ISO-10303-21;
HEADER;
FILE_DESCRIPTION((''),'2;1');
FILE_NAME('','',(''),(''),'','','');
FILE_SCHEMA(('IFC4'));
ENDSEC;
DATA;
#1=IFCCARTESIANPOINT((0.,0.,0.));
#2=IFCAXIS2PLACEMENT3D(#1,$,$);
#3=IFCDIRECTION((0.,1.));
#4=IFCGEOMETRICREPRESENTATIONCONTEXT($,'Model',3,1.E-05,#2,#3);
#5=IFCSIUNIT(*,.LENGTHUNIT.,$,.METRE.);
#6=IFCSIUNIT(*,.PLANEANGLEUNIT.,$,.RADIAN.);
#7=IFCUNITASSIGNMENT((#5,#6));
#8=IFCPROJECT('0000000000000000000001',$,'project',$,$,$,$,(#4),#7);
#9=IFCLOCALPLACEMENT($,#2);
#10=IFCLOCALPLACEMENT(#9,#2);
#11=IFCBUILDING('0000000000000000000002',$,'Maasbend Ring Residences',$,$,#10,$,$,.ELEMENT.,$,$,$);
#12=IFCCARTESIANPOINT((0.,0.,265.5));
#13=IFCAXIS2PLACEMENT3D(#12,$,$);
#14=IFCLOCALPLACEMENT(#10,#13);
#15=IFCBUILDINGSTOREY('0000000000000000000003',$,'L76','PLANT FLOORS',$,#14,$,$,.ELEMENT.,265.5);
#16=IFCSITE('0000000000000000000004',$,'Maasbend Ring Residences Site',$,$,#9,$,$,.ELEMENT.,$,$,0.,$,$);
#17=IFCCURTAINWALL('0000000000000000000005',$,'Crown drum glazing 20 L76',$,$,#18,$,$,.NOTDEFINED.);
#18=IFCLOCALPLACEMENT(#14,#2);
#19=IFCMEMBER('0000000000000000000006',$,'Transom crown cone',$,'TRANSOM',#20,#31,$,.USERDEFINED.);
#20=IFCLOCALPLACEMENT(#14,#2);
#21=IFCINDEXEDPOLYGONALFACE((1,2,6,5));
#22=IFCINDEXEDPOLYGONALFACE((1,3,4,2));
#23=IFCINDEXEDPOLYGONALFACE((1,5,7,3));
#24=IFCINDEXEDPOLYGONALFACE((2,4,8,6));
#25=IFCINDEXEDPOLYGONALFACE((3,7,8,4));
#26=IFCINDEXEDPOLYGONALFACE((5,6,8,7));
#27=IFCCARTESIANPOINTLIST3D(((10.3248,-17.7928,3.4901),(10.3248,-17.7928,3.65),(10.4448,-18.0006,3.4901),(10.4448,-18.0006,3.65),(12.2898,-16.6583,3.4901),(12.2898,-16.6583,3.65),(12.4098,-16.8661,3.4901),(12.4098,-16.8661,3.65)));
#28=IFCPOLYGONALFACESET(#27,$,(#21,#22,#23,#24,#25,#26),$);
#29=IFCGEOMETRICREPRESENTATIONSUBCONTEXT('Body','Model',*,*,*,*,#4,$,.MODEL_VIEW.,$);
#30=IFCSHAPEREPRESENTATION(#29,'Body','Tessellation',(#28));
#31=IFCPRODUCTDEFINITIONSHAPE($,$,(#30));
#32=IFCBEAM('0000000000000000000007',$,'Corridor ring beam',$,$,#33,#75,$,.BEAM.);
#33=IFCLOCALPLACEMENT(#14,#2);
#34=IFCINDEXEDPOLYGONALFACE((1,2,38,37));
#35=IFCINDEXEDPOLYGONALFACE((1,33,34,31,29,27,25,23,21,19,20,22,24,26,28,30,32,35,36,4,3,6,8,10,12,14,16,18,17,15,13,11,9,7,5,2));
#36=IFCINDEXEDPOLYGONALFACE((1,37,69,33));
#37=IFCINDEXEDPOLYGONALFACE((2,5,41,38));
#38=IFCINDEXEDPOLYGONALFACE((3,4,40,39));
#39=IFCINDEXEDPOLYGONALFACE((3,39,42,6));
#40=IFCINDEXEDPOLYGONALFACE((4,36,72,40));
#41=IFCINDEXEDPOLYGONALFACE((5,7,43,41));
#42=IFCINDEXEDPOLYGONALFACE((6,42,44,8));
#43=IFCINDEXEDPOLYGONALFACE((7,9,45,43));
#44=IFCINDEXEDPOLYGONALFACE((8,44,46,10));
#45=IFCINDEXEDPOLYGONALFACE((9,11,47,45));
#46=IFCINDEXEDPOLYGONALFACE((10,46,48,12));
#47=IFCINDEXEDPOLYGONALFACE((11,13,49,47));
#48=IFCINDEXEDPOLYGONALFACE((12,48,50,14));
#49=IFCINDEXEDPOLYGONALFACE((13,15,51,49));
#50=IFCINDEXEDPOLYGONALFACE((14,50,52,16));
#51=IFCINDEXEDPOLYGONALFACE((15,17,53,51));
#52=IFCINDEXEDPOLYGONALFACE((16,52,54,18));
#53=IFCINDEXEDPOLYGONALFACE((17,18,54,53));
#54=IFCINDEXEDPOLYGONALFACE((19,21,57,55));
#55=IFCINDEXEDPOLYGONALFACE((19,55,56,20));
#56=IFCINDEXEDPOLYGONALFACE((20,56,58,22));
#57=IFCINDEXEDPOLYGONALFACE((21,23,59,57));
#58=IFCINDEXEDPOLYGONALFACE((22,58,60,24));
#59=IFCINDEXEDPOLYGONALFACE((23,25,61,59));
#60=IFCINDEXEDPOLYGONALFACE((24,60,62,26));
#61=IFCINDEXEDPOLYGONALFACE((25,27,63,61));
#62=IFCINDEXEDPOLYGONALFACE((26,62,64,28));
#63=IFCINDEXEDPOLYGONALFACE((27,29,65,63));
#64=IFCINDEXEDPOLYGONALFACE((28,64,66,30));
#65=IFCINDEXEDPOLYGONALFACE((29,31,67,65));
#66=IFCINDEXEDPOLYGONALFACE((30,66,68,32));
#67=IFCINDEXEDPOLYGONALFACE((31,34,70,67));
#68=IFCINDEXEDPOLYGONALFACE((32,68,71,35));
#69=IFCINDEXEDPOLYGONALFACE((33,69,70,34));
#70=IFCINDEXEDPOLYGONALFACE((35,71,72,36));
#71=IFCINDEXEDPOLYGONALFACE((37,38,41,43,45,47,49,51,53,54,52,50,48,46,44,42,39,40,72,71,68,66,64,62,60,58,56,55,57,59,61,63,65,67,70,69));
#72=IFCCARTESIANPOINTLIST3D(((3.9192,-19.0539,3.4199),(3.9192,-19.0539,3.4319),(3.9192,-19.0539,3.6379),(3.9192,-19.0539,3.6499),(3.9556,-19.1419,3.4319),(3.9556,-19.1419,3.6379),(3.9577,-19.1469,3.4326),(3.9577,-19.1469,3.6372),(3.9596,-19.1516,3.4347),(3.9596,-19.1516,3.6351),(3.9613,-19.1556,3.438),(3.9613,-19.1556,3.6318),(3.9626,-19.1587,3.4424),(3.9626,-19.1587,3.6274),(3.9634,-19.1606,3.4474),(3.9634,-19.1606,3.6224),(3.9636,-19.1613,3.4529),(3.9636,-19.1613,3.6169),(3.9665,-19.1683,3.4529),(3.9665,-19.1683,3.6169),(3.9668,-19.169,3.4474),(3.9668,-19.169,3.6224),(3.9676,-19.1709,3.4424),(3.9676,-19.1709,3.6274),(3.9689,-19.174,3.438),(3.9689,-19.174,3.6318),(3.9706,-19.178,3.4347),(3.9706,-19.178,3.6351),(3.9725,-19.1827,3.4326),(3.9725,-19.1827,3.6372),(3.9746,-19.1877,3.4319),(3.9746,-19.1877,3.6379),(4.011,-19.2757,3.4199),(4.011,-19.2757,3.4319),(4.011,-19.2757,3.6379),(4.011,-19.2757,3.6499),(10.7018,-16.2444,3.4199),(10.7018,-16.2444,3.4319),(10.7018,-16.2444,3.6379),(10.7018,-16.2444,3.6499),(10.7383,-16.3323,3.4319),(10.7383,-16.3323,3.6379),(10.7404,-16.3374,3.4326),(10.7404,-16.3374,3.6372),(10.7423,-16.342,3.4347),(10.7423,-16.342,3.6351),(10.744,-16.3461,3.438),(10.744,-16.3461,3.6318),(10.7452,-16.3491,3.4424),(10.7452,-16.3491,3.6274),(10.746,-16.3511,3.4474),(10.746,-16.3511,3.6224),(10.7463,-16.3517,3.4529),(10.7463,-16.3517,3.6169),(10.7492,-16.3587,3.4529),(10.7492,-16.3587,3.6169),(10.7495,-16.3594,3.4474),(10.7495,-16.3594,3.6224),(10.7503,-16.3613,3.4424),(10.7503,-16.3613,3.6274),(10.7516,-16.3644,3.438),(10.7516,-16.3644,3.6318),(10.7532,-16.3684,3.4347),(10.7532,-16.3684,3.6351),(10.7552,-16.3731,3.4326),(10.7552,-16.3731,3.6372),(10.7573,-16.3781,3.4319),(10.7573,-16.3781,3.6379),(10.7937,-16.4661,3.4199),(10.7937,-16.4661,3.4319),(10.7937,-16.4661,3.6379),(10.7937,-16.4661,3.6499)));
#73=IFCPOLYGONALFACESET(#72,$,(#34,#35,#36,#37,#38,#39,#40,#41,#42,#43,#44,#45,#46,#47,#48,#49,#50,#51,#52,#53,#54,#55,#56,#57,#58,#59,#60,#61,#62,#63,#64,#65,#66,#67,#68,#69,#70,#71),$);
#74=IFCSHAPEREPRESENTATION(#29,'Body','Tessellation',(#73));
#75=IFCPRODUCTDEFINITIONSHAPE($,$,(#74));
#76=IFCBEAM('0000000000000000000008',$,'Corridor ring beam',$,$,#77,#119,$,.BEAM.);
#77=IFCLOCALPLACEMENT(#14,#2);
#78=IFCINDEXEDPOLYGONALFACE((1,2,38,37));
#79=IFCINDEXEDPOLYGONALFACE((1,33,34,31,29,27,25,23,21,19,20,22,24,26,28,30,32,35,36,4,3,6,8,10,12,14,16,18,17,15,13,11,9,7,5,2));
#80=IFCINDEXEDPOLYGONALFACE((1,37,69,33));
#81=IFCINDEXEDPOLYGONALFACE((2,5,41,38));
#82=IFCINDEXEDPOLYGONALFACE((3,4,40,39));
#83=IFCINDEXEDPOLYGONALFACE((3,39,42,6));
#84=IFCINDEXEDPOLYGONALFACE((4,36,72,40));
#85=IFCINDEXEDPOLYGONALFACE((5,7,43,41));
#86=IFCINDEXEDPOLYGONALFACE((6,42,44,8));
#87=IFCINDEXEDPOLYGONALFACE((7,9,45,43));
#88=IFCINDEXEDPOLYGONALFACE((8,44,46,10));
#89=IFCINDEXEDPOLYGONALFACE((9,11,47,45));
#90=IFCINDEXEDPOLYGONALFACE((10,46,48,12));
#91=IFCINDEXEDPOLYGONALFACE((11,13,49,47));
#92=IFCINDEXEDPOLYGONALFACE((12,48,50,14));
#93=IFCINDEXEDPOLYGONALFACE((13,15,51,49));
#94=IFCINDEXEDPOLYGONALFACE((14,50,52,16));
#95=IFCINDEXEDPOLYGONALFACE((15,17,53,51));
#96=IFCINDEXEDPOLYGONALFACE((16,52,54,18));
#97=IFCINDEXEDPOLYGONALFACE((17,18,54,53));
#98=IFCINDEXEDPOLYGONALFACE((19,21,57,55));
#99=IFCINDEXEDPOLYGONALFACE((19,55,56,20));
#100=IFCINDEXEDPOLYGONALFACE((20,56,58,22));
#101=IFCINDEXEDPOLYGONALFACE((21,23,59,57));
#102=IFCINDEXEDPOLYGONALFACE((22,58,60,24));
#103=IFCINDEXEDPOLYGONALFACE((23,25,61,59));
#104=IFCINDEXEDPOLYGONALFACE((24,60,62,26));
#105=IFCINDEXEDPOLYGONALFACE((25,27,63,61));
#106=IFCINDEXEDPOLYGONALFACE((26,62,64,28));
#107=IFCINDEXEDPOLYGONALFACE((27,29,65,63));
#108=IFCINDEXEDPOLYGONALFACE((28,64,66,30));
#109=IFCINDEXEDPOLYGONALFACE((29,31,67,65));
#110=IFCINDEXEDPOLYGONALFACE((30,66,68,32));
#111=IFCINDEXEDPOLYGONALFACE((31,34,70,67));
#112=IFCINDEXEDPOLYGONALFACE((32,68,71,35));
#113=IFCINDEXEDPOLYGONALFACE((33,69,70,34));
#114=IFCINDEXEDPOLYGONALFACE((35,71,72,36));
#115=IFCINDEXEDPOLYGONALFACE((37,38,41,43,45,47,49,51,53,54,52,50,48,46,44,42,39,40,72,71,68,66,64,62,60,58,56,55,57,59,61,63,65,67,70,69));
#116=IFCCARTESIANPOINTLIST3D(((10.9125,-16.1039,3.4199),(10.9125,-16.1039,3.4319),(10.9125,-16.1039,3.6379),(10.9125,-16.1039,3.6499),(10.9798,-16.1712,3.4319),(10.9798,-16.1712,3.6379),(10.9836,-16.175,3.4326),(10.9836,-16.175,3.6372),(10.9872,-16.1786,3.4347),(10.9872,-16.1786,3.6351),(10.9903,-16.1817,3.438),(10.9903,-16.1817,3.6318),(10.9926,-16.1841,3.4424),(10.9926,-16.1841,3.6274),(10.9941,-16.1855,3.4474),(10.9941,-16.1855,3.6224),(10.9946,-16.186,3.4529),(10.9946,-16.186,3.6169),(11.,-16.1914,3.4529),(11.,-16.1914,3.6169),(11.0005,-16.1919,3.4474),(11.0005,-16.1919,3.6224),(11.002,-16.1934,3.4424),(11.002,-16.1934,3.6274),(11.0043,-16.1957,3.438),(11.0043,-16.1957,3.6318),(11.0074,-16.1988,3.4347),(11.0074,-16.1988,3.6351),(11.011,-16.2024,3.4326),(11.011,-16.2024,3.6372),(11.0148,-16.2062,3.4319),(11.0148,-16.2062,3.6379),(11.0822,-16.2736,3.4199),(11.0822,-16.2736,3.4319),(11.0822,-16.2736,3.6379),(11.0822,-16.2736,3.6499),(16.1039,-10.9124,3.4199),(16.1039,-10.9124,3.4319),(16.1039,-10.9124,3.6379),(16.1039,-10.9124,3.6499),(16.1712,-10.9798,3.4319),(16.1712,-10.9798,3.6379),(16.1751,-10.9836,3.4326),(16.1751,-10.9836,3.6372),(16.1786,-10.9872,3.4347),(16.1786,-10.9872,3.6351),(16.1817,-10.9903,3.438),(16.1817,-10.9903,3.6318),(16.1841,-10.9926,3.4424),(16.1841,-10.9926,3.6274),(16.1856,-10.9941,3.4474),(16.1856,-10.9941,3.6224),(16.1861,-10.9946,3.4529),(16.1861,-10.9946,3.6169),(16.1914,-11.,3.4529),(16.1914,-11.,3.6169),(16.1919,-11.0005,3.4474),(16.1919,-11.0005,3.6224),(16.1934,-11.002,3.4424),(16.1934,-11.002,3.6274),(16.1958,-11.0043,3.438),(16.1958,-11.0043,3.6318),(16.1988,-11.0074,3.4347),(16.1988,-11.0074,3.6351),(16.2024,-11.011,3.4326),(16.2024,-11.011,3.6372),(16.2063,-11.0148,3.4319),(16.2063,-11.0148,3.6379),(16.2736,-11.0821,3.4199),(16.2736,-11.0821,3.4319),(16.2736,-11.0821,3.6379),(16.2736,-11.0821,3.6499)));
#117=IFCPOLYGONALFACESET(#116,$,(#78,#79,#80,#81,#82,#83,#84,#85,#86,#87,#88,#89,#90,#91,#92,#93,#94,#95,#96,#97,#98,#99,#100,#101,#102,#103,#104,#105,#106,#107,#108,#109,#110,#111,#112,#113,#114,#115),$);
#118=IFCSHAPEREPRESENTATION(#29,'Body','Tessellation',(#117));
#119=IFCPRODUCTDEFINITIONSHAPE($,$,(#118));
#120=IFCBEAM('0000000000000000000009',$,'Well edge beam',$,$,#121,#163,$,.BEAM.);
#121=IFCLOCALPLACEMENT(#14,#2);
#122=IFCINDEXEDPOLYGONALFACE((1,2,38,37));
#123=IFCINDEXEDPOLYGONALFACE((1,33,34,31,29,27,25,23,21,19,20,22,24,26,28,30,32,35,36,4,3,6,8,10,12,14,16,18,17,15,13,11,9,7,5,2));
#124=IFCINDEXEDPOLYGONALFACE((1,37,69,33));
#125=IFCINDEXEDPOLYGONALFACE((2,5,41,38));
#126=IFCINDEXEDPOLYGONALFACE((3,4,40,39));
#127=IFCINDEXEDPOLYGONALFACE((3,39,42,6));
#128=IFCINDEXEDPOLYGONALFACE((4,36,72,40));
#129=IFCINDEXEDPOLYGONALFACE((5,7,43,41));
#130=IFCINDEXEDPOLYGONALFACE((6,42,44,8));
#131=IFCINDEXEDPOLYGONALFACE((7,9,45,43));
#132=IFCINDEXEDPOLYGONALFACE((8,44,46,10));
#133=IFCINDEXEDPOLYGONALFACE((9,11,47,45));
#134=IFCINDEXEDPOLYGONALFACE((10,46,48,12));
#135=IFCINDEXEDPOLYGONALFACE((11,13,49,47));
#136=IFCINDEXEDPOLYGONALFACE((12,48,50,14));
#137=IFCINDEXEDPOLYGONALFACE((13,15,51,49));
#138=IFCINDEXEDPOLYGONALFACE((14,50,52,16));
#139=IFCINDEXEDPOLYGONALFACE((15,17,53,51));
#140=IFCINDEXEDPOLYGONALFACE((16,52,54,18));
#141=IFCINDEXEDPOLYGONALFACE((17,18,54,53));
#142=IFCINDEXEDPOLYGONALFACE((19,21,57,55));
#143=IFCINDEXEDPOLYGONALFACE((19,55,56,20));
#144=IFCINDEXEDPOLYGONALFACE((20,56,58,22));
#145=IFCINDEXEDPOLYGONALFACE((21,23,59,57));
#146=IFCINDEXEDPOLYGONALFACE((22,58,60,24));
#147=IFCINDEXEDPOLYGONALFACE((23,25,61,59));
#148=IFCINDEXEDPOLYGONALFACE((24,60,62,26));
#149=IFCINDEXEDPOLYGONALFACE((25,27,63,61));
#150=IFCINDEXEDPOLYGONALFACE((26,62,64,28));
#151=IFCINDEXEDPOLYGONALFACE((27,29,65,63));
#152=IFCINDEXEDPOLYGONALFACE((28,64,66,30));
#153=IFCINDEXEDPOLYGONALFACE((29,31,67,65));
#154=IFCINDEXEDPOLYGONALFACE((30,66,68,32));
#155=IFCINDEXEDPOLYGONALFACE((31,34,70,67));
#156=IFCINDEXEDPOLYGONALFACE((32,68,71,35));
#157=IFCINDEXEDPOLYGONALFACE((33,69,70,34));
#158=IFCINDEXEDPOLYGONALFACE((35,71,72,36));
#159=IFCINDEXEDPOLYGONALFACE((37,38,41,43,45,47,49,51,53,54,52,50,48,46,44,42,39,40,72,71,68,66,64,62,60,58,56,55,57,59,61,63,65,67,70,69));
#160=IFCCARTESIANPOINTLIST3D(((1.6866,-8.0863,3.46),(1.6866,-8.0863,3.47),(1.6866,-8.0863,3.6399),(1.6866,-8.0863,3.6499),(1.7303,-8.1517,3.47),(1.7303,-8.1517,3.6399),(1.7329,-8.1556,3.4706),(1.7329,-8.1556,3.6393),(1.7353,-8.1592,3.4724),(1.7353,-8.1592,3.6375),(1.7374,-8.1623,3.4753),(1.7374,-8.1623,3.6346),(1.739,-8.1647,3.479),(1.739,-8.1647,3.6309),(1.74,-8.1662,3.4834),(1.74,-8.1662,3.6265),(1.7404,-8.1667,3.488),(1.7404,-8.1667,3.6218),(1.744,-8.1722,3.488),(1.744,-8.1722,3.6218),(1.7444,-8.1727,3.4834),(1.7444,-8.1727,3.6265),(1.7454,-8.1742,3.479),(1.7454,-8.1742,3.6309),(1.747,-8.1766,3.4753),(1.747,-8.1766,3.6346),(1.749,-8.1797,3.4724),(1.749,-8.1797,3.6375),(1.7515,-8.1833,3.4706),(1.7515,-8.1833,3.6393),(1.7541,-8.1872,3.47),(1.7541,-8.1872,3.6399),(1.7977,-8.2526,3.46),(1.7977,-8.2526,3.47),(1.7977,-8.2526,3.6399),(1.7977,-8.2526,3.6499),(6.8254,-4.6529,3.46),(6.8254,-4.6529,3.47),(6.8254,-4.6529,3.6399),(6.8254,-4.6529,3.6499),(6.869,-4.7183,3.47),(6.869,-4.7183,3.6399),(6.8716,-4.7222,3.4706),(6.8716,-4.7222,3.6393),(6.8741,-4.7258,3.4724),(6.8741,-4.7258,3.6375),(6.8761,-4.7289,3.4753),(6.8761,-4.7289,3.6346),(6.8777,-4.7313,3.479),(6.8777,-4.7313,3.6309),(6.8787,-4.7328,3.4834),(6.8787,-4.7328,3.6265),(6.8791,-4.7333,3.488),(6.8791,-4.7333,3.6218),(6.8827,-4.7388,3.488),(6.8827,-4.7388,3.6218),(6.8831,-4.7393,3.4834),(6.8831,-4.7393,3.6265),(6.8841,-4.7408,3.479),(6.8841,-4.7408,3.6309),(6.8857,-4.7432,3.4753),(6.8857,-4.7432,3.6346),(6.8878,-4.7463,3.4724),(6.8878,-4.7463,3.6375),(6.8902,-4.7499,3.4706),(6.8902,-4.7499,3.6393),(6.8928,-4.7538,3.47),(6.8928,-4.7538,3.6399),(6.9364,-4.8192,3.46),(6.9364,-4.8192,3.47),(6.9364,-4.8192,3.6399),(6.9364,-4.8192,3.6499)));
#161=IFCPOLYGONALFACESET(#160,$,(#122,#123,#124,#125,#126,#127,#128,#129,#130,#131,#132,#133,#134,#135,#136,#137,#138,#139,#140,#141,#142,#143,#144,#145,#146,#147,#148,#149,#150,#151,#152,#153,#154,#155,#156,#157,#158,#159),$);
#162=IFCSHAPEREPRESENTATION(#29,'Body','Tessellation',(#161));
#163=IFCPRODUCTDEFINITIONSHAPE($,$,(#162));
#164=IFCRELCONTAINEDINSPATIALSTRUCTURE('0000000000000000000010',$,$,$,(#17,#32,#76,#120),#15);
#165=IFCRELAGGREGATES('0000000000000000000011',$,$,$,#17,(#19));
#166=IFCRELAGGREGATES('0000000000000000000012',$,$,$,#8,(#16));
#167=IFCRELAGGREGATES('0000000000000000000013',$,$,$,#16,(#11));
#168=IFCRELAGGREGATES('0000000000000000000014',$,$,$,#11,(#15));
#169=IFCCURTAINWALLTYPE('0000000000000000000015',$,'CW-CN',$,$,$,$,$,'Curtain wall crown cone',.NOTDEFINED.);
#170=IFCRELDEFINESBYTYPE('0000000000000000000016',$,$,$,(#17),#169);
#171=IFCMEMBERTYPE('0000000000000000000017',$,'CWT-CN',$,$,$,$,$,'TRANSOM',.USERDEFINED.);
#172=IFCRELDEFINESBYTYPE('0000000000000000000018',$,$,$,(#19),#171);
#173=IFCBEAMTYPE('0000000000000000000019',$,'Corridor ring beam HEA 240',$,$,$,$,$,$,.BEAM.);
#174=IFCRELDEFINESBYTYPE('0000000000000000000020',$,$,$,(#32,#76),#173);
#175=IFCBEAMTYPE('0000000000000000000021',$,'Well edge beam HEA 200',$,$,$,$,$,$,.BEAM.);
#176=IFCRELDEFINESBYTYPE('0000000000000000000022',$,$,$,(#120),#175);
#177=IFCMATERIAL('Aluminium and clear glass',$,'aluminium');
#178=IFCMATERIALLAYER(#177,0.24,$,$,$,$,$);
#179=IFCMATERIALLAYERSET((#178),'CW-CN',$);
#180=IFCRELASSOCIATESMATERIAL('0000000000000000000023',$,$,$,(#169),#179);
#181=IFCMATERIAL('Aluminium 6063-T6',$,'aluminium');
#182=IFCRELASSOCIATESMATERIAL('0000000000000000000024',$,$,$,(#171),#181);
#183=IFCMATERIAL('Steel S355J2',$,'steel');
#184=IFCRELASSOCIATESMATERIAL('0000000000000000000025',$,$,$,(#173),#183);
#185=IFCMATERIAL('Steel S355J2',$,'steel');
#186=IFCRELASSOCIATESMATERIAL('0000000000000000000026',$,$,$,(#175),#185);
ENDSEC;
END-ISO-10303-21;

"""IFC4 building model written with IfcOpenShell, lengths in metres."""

from ifc_helpers import new_model, si_unit, direction, frame, origin, origin_2d, place, context, subcontext, project, spatial, rectangle, i_section, extrude, material, layer, layer_set, material_profile, profile_set, type_object, element, aggregate, save


model = new_model("IFC4")

# Units and contexts
model_context = context("Model", 3, precision=1e-05, world=origin(), true_north=direction((0.0, 1.0)))
body_context = subcontext(model_context, "Body", "Model", "MODEL_VIEW")
ifc_project = project(units=[si_unit("LENGTHUNIT", "METRE"), si_unit("PLANEANGLEUNIT", "RADIAN")], contexts=[model_context])

# Site, building, storey
site_placement = place(None, origin())
site = spatial("IfcSite", under=ifc_project, at=site_placement, Name="Maasbend Ring Residences Site", CompositionType="ELEMENT", RefElevation=0.0)
building_placement = place(site_placement, origin())
building = spatial("IfcBuilding", under=site, at=building_placement, Name="Maasbend Ring Residences", CompositionType="ELEMENT")
storey_placement = place(building_placement, frame((0.0, 0.0, 265.5)))
storey = spatial("IfcBuildingStorey", under=building, at=storey_placement, Name="L76", Description="PLANT FLOORS", CompositionType="ELEMENT", Elevation=265.5)

# Curtain wall
ifc_material_1 = material(Name="Aluminium and clear glass", Category="aluminium")
ifc_layer_1 = layer(ifc_material_1, 0.24)
ifc_layer_set_1 = layer_set([ifc_layer_1], Name="CW-CN")
curtain_wall_type = type_object("IfcCurtainWallType", Name="CW-CN", ElementType="Curtain wall crown cone", PredefinedType="NOTDEFINED", material=ifc_layer_set_1)
curtain_wall_1_placement = place(storey_placement, origin())
curtain_wall_1 = element("IfcCurtainWall", 1, at=curtain_wall_1_placement, inside=storey, type_object=curtain_wall_type, Name="Crown drum glazing 20 L76", PredefinedType="NOTDEFINED")

# Member
ifc_material_2 = material(Name="Aluminium 6063-T6", Category="aluminium")
ifc_material_profile_1 = material_profile(ifc_material_2, rectangle(XDim=0.24, YDim=0.1599, at=origin_2d()), Name="AL 240x160")
ifc_profile_set_1 = profile_set([ifc_material_profile_1], Name="Aluminium 6063-T6")
member_type_1 = type_object("IfcMemberType", Name="CWT-CN", ElementType="TRANSOM", PredefinedType="USERDEFINED", material=ifc_profile_set_1)
member_1_placement = place(storey_placement, frame((10.3848, -17.8967, 3.5701), z_axis=(0.86603, 0.499993, 0.0), x_axis=(-0.499993, 0.86603, 0.0)))
member_1 = element("IfcMember", 2, at=member_1_placement, type_object=member_type_1, Name="Transom crown cone", ObjectType="TRANSOM", PredefinedType="USERDEFINED", context=body_context, shape_type="SweptSolid", body=[
    extrude(rectangle(XDim=0.24, YDim=0.1599, at=origin_2d()), origin(), (0.0, 0.0, 1.0), 2.269),
])

# Beams
ifc_material_3 = material(Name="Steel S355J2", Category="steel")
ifc_material_profile_2 = material_profile(ifc_material_3, i_section(OverallWidth=0.24, OverallDepth=0.23, WebThickness=0.0076, FlangeThickness=0.012, FilletRadius=0.021, at=origin_2d()), Name="HEA 240")
ifc_profile_set_2 = profile_set([ifc_material_profile_2], Name="Steel S355J2")
beam_type_1 = type_object("IfcBeamType", Name="Corridor ring beam HEA 240", PredefinedType="BEAM", material=ifc_profile_set_2)
beam_1_placement = place(storey_placement, frame((3.9651, -19.1648, 3.5349), z_axis=(0.923876, 0.382692, 0.0), x_axis=(-0.382692, 0.923876, 0.0)))
element("IfcBeam", 3, at=beam_1_placement, inside=storey, type_object=beam_type_1, Name="Corridor ring beam", PredefinedType="BEAM", context=body_context, shape_type="SweptSolid", body=[
    extrude(i_section(OverallWidth=0.24, OverallDepth=0.23, WebThickness=0.0076, FlangeThickness=0.012, FilletRadius=0.021, at=origin_2d()), origin(), (0.0, 0.0, 1.0), 7.3416),
])
beam_2_placement = place(storey_placement, frame((10.9973, -16.1887, 3.5349), z_axis=(0.707107, 0.707107, 0.0), x_axis=(-0.707107, 0.707107, 0.0)))
element("IfcBeam", 4, at=beam_2_placement, inside=storey, type_object=beam_type_1, Name="Corridor ring beam", PredefinedType="BEAM", context=body_context, shape_type="SweptSolid", body=[
    extrude(i_section(OverallWidth=0.24, OverallDepth=0.23, WebThickness=0.0076, FlangeThickness=0.012, FilletRadius=0.021, at=origin_2d()), origin(), (0.0, 0.0, 1.0), 7.3418),
])
ifc_material_4 = material(Name="Steel S355J2", Category="steel")
ifc_material_profile_3 = material_profile(ifc_material_4, i_section(OverallWidth=0.2, OverallDepth=0.1899, WebThickness=0.0066, FlangeThickness=0.01, FilletRadius=0.0181, at=origin_2d()), Name="HEA 200")
ifc_profile_set_3 = profile_set([ifc_material_profile_3], Name="Steel S355J2")
beam_type_2 = type_object("IfcBeamType", Name="Well edge beam HEA 200", PredefinedType="BEAM", material=ifc_profile_set_3)
beam_3_placement = place(storey_placement, frame((1.7422, -8.1694, 3.5549), z_axis=(0.831485, 0.555548, 0.0), x_axis=(-0.555548, 0.831485, 0.0)))
element("IfcBeam", 5, at=beam_3_placement, inside=storey, type_object=beam_type_2, Name="Well edge beam", PredefinedType="BEAM", context=body_context, shape_type="SweptSolid", body=[
    extrude(i_section(OverallWidth=0.2, OverallDepth=0.1899, WebThickness=0.0066, FlangeThickness=0.01, FilletRadius=0.0181, at=origin_2d()), origin(), (0.0, 0.0, 1.0), 6.1802),
])

aggregate(curtain_wall_1, [member_1])

save(model, "model.ifc")
